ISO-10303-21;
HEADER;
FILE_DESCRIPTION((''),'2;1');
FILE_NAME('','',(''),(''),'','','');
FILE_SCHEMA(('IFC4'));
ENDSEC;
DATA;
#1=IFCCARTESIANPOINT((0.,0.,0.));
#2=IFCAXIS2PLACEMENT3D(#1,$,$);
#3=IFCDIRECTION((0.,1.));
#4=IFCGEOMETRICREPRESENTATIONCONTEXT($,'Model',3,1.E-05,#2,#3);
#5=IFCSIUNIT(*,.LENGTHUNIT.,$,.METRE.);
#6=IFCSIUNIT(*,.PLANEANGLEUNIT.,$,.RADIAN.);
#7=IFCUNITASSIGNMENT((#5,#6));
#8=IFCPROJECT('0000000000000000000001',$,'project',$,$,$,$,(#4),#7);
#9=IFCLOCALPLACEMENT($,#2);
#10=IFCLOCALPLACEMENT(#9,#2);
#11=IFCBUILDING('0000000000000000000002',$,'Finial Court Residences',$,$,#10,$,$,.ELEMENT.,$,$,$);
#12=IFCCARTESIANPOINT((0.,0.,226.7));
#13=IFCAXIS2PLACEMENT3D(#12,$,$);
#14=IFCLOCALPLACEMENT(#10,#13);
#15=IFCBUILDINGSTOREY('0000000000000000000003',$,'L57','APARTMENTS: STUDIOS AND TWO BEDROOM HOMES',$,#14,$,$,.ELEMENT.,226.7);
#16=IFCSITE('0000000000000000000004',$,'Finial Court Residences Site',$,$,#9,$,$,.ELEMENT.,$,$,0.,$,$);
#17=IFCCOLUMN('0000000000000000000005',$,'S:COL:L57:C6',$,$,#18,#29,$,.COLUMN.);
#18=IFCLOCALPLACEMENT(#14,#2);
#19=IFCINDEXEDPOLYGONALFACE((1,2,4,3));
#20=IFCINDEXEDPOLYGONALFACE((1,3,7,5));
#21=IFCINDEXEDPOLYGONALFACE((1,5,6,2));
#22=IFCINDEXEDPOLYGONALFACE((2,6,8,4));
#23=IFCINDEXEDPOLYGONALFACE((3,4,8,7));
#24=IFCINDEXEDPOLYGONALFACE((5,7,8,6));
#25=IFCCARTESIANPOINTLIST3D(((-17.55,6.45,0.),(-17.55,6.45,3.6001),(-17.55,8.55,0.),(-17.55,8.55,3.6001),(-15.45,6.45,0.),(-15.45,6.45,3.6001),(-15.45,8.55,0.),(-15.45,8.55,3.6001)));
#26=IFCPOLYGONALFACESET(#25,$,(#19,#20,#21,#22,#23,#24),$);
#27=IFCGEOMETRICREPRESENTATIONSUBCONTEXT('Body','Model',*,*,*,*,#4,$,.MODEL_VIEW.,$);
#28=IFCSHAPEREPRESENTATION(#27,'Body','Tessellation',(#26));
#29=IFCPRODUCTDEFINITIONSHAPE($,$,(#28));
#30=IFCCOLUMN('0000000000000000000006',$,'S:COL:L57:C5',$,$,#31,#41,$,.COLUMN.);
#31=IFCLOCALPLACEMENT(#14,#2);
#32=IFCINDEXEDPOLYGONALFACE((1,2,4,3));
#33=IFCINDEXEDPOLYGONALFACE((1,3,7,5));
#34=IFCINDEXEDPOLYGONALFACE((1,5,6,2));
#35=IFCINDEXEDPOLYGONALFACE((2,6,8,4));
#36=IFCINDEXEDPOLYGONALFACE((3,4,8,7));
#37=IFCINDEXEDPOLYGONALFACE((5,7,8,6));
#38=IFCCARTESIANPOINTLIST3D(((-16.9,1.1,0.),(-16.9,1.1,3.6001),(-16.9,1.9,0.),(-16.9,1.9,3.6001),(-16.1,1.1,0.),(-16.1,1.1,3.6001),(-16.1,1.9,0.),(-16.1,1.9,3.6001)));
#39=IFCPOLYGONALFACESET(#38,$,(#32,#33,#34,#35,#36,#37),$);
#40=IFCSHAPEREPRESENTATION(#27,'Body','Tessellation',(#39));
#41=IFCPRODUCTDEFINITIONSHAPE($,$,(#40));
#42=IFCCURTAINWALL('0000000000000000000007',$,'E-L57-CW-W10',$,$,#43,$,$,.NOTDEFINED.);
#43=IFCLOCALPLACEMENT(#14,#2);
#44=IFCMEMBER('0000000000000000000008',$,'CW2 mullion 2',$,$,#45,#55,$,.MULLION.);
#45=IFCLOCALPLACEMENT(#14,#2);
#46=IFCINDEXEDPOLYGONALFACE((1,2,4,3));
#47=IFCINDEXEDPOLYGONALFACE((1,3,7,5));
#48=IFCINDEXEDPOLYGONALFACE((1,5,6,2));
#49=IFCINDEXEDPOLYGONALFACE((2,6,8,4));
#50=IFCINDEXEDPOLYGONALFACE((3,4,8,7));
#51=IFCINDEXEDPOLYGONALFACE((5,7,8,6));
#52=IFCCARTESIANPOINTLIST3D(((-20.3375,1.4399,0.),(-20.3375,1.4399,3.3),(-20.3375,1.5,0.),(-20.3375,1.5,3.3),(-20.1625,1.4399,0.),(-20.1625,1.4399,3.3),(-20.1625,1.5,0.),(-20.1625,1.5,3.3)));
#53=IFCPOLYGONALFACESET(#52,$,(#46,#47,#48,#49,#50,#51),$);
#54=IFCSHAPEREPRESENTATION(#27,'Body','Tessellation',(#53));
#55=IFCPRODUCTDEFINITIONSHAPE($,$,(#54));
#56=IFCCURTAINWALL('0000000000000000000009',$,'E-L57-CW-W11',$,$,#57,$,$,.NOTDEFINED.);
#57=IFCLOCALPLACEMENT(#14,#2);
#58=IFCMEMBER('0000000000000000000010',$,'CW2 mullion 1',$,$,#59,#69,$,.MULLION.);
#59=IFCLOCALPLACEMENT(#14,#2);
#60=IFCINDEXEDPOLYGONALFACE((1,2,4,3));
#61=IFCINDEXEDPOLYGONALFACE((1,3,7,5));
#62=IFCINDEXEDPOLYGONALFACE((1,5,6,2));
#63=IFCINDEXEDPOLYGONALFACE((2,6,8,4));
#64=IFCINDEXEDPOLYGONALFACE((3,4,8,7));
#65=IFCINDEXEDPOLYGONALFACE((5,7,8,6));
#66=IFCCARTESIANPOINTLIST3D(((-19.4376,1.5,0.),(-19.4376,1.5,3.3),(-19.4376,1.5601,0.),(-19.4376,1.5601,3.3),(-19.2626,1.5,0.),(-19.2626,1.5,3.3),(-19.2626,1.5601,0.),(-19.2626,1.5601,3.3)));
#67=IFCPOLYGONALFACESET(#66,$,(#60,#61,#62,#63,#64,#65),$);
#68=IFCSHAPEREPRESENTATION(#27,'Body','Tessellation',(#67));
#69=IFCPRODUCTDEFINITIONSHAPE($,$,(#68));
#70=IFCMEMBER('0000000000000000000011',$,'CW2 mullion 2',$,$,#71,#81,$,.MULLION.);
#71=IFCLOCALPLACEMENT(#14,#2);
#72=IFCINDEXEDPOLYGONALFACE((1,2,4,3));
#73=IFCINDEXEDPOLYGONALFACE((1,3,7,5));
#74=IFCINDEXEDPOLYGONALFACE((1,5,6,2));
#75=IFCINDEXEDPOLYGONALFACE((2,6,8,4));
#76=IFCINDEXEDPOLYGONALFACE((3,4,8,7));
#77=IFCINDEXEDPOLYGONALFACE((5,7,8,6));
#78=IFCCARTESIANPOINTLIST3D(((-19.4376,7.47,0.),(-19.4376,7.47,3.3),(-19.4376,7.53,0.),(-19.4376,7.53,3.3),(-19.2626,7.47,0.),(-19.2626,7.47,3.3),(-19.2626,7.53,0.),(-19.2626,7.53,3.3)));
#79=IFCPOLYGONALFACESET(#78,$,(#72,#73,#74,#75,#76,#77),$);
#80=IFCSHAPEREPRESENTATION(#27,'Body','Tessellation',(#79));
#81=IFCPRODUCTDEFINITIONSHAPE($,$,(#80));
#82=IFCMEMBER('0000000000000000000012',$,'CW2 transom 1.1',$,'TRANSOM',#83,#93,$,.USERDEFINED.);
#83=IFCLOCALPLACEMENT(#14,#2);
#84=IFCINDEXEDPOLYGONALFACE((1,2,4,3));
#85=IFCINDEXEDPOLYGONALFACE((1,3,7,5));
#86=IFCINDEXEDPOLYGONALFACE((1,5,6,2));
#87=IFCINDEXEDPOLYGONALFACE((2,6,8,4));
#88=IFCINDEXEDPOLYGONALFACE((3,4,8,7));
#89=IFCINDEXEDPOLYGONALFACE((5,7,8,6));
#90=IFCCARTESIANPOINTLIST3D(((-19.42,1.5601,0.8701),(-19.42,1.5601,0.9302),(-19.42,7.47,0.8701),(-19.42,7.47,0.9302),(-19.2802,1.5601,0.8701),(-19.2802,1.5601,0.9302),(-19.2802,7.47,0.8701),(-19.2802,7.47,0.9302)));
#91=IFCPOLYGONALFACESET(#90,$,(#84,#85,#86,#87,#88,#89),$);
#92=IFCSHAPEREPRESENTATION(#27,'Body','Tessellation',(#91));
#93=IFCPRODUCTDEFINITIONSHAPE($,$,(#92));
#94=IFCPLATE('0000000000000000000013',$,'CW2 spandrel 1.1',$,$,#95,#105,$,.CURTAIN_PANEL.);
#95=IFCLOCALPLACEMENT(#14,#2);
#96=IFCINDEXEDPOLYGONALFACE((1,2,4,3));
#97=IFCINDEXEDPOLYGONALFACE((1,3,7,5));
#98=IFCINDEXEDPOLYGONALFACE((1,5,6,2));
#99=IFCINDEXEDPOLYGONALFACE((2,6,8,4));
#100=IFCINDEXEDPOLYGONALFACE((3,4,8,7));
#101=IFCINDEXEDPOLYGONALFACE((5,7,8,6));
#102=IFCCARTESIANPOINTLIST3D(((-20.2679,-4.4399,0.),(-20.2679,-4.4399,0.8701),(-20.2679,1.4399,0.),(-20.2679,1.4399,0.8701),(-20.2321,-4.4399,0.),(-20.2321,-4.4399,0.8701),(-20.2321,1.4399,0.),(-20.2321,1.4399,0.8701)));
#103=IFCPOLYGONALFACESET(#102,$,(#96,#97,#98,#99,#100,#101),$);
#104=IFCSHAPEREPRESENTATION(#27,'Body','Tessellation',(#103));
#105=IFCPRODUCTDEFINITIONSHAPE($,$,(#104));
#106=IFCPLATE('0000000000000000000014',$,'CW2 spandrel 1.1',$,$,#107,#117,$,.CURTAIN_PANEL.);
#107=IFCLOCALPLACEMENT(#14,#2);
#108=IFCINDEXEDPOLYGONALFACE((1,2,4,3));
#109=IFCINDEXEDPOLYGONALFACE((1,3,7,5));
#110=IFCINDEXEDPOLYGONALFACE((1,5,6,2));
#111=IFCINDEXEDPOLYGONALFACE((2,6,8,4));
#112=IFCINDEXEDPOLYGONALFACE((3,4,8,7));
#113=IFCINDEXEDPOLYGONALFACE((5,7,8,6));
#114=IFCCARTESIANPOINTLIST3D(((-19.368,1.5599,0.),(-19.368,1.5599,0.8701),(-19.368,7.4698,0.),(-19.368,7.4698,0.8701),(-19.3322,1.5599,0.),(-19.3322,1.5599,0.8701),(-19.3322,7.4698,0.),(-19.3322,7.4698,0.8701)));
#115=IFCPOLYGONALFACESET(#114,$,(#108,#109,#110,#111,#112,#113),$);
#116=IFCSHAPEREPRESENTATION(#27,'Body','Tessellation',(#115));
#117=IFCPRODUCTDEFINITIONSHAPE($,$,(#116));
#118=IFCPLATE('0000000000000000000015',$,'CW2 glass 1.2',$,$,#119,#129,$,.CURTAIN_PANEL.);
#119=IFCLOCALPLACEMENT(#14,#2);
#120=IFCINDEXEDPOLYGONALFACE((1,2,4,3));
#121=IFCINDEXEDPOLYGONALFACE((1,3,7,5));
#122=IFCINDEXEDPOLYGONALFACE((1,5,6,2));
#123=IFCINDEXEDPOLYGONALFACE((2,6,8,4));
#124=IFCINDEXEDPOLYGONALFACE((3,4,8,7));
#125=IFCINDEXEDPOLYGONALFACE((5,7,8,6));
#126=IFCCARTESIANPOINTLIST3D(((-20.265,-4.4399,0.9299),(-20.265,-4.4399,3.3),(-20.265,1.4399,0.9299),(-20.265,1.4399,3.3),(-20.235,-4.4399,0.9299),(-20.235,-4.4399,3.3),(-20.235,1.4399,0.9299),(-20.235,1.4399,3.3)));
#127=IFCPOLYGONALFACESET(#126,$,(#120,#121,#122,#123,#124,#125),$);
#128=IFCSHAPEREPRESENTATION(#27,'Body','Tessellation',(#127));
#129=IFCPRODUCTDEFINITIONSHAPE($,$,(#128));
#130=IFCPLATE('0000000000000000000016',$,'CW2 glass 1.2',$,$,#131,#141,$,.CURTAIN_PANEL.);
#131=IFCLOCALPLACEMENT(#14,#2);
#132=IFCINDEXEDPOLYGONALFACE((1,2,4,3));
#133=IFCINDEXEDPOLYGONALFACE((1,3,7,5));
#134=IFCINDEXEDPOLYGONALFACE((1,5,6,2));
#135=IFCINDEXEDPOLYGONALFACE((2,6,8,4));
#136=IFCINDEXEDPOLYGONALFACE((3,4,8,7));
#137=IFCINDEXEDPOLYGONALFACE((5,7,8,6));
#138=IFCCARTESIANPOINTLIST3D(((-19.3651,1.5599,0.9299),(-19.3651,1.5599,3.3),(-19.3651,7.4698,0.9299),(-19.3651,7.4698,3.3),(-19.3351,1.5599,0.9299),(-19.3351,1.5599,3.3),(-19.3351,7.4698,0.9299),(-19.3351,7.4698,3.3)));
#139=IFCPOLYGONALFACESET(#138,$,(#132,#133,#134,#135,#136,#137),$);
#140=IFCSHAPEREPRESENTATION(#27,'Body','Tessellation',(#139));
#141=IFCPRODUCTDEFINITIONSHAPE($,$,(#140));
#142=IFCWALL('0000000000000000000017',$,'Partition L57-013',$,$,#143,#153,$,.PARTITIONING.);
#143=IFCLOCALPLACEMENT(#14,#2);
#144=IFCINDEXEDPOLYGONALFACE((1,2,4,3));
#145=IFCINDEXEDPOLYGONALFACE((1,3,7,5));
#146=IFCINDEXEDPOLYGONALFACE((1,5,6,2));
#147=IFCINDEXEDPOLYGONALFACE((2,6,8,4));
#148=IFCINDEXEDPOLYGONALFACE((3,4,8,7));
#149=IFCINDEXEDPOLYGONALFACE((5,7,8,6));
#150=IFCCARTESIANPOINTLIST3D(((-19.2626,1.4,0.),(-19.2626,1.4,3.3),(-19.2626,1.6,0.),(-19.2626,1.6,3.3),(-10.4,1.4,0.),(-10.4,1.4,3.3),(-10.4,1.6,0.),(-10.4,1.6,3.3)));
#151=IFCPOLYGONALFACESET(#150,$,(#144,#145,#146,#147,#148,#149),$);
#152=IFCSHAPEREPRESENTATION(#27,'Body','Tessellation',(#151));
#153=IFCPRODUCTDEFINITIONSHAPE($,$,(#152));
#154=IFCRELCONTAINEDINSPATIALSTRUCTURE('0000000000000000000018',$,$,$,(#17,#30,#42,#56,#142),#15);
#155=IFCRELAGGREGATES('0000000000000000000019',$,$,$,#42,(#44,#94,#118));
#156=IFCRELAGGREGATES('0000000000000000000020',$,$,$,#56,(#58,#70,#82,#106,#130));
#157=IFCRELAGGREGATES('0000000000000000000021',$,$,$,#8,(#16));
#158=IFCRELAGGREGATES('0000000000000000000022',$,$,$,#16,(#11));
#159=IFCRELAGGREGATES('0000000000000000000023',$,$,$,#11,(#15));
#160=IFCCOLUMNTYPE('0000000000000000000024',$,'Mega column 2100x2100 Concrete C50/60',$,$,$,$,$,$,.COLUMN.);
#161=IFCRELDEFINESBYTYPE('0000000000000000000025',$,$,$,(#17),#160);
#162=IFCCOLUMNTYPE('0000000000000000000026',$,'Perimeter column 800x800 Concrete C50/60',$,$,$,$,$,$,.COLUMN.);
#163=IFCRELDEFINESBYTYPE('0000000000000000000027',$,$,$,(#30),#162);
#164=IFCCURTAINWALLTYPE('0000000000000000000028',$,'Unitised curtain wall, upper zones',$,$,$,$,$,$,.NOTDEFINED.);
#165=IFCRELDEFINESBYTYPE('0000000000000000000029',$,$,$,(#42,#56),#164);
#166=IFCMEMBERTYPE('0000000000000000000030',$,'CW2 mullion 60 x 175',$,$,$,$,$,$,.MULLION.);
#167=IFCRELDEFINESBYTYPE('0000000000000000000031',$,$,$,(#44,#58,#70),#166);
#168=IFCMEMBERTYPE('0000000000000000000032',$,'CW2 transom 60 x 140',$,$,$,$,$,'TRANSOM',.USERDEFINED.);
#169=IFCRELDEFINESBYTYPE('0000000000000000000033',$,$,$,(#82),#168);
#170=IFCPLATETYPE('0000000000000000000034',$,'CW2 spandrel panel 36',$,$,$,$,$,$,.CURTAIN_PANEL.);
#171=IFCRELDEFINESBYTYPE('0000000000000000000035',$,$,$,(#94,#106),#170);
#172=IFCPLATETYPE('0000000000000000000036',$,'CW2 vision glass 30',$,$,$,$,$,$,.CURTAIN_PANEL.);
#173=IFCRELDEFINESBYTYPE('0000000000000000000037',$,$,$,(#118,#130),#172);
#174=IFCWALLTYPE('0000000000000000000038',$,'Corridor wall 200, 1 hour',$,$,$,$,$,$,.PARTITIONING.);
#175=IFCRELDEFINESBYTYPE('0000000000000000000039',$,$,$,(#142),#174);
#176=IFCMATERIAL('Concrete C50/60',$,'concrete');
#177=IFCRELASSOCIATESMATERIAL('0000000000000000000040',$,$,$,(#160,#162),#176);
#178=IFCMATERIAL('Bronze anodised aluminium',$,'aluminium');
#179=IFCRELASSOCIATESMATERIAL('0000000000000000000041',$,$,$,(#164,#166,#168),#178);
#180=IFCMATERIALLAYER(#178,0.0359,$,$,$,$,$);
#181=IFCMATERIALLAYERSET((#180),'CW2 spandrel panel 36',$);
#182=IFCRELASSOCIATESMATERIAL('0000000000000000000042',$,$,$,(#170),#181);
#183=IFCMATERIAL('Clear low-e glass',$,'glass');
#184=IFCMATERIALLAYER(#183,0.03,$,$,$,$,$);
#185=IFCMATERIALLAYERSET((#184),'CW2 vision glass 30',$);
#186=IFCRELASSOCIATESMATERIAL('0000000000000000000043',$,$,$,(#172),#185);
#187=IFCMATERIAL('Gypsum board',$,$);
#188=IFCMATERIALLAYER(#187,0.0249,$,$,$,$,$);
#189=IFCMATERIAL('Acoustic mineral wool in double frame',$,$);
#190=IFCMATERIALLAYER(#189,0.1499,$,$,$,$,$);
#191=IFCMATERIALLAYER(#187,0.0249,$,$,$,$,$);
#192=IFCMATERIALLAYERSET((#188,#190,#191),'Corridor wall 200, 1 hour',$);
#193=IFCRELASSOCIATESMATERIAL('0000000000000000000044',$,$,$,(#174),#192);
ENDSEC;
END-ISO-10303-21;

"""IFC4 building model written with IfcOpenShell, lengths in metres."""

from ifc_helpers import new_model, si_unit, direction, frame, frame_2d, origin, origin_2d, place, context, subcontext, project, spatial, rectangle, extrude, material, layer, layer_set, material_profile, profile_set, type_object, element, aggregate, save


model = new_model("IFC4")

# Units and contexts
model_context = context("Model", 3, precision=1e-05, world=origin(), true_north=direction((0.0, 1.0)))
body_context = subcontext(model_context, "Body", "Model", "MODEL_VIEW")
ifc_project = project(units=[si_unit("LENGTHUNIT", "METRE"), si_unit("PLANEANGLEUNIT", "RADIAN")], contexts=[model_context])

# Site, building, storey
site_placement = place(None, origin())
site = spatial("IfcSite", under=ifc_project, at=site_placement, Name="Finial Court Residences Site", CompositionType="ELEMENT", RefElevation=0.0)
building_placement = place(site_placement, origin())
building = spatial("IfcBuilding", under=site, at=building_placement, Name="Finial Court Residences", CompositionType="ELEMENT")
storey_placement = place(building_placement, frame((0.0, 0.0, 226.7)))
storey = spatial("IfcBuildingStorey", under=building, at=storey_placement, Name="L57", Description="APARTMENTS: STUDIOS AND TWO BEDROOM HOMES", CompositionType="ELEMENT", Elevation=226.7)

# Columns
ifc_material_1 = material(Name="Concrete C50/60", Category="concrete")
ifc_material_profile_1 = material_profile(ifc_material_1, rectangle(XDim=2.1001, YDim=2.1001, at=origin_2d()), Name="2100x2100")
ifc_profile_set_1 = profile_set([ifc_material_profile_1], Name="Concrete C50/60")
column_type_1 = type_object("IfcColumnType", Name="Mega column 2100x2100 Concrete C50/60", PredefinedType="COLUMN", material=ifc_profile_set_1)
column_1_placement = place(storey_placement, frame((-16.5, 7.5, 0.0), z_axis=(0.0, 0.0, 1.0), x_axis=(1.0, 0.0, 0.0)))
element("IfcColumn", 1, at=column_1_placement, inside=storey, type_object=column_type_1, Name="S:COL:L57:C6", PredefinedType="COLUMN", context=body_context, shape_type="SweptSolid", body=[
    extrude(rectangle(XDim=2.1001, YDim=2.1001, at=origin_2d()), origin(), (0.0, 0.0, 1.0), 3.6001),
])
ifc_material_profile_2 = material_profile(ifc_material_1, rectangle(XDim=0.8, YDim=0.8, at=origin_2d()), Name="800x800")
ifc_profile_set_2 = profile_set([ifc_material_profile_2], Name="Concrete C50/60")
column_type_2 = type_object("IfcColumnType", Name="Perimeter column 800x800 Concrete C50/60", PredefinedType="COLUMN", material=ifc_profile_set_2)
column_2_placement = place(storey_placement, frame((-16.5, 1.5, 0.0), z_axis=(0.0, 0.0, 1.0), x_axis=(1.0, 0.0, 0.0)))
element("IfcColumn", 2, at=column_2_placement, inside=storey, type_object=column_type_2, Name="S:COL:L57:C5", PredefinedType="COLUMN", context=body_context, shape_type="SweptSolid", body=[
    extrude(rectangle(XDim=0.8, YDim=0.8, at=origin_2d()), origin(), (0.0, 0.0, 1.0), 3.6001),
])

# Curtain wall, member
ifc_material_2 = material(Name="Bronze anodised aluminium", Category="aluminium")
curtain_wall_type = type_object("IfcCurtainWallType", Name="Unitised curtain wall, upper zones", PredefinedType="NOTDEFINED", material=ifc_material_2)
curtain_wall_1_placement = place(storey_placement, origin())
curtain_wall_1 = element("IfcCurtainWall", 3, at=curtain_wall_1_placement, inside=storey, type_object=curtain_wall_type, Name="E-L57-CW-W10", PredefinedType="NOTDEFINED")
ifc_material_profile_3 = material_profile(ifc_material_2, rectangle(XDim=0.175, YDim=0.0601, at=origin_2d()), Name="CW2 mullion 60 x 175")
ifc_profile_set_3 = profile_set([ifc_material_profile_3], Name="Bronze anodised aluminium")
member_type_1 = type_object("IfcMemberType", Name="CW2 mullion 60 x 175", PredefinedType="MULLION", material=ifc_profile_set_3)
member_1_placement = place(storey_placement, frame((-20.25, 1.47, 0.0), z_axis=(0.0, 0.0, 1.0), x_axis=(-1.0, 0.0, 0.0)))
member_1 = element("IfcMember", 4, at=member_1_placement, type_object=member_type_1, Name="CW2 mullion 2", PredefinedType="MULLION", context=body_context, shape_type="SweptSolid", body=[
    extrude(rectangle(XDim=0.175, YDim=0.0601, at=origin_2d()), origin(), (0.0, 0.0, 1.0), 3.3),
])

# Curtain wall, members
curtain_wall_2_placement = place(storey_placement, origin())
curtain_wall_2 = element("IfcCurtainWall", 5, at=curtain_wall_2_placement, inside=storey, type_object=curtain_wall_type, Name="E-L57-CW-W11", PredefinedType="NOTDEFINED")
member_2_placement = place(storey_placement, frame((-19.3501, 1.53, 0.0), z_axis=(0.0, 0.0, 1.0), x_axis=(-1.0, 0.0, 0.0)))
member_2 = element("IfcMember", 6, at=member_2_placement, type_object=member_type_1, Name="CW2 mullion 1", PredefinedType="MULLION", context=body_context, shape_type="SweptSolid", body=[
    extrude(rectangle(XDim=0.175, YDim=0.0601, at=origin_2d()), origin(), (0.0, 0.0, 1.0), 3.3),
])
member_3_placement = place(storey_placement, frame((-19.3501, 7.5, 0.0), z_axis=(0.0, 0.0, 1.0), x_axis=(-1.0, 0.0, 0.0)))
member_3 = element("IfcMember", 7, at=member_3_placement, type_object=member_type_1, Name="CW2 mullion 2", PredefinedType="MULLION", context=body_context, shape_type="SweptSolid", body=[
    extrude(rectangle(XDim=0.175, YDim=0.0601, at=origin_2d()), origin(), (0.0, 0.0, 1.0), 3.3),
])
ifc_material_profile_4 = material_profile(ifc_material_2, rectangle(XDim=0.1399, YDim=0.0601, at=origin_2d()), Name="CW2 transom 60 x 140")
ifc_profile_set_4 = profile_set([ifc_material_profile_4], Name="Bronze anodised aluminium")
member_type_2 = type_object("IfcMemberType", Name="CW2 transom 60 x 140", ElementType="TRANSOM", PredefinedType="USERDEFINED", material=ifc_profile_set_4)
member_4_placement = place(storey_placement, frame((-19.3501, 1.5601, 0.9001), z_axis=(0.0, 1.0, 0.0), x_axis=(-1.0, 0.0, 0.0)))
member_4 = element("IfcMember", 8, at=member_4_placement, type_object=member_type_2, Name="CW2 transom 1.1", ObjectType="TRANSOM", PredefinedType="USERDEFINED", context=body_context, shape_type="SweptSolid", body=[
    extrude(rectangle(XDim=0.1399, YDim=0.0601, at=origin_2d()), origin(), (0.0, 0.0, 1.0), 5.9099),
])

# Plates
ifc_layer_1 = layer(ifc_material_2, 0.0359)
ifc_layer_set_1 = layer_set([ifc_layer_1], Name="CW2 spandrel panel 36")
plate_type_1 = type_object("IfcPlateType", Name="CW2 spandrel panel 36", PredefinedType="CURTAIN_PANEL", material=ifc_layer_set_1)
plate_1_placement = place(storey_placement, frame((-20.25, -1.5, 0.0), z_axis=(0.0, 0.0, 1.0), x_axis=(0.0, 1.0, 0.0)))
plate_1 = element("IfcPlate", 9, at=plate_1_placement, type_object=plate_type_1, Name="CW2 spandrel 1.1", PredefinedType="CURTAIN_PANEL", context=body_context, shape_type="SweptSolid", body=[
    extrude(rectangle(XDim=5.8799, YDim=0.0359, at=origin_2d()), origin(), (0.0, 0.0, 1.0), 0.8701),
])
plate_2_placement = place(storey_placement, frame((-19.3501, 4.5149, 0.0), z_axis=(0.0, 0.0, 1.0), x_axis=(0.0, 1.0, 0.0)))
plate_2 = element("IfcPlate", 10, at=plate_2_placement, type_object=plate_type_1, Name="CW2 spandrel 1.1", PredefinedType="CURTAIN_PANEL", context=body_context, shape_type="SweptSolid", body=[
    extrude(rectangle(XDim=5.9099, YDim=0.0359, at=origin_2d()), origin(), (0.0, 0.0, 1.0), 0.8701),
])
ifc_material_3 = material(Name="Clear low-e glass", Category="glass")
ifc_layer_2 = layer(ifc_material_3, 0.03)
ifc_layer_set_2 = layer_set([ifc_layer_2], Name="CW2 vision glass 30")
plate_type_2 = type_object("IfcPlateType", Name="CW2 vision glass 30", PredefinedType="CURTAIN_PANEL", material=ifc_layer_set_2)
plate_3_placement = place(storey_placement, frame((-20.25, -1.5, 0.9299), z_axis=(0.0, 0.0, 1.0), x_axis=(0.0, 1.0, 0.0)))
plate_3 = element("IfcPlate", 11, at=plate_3_placement, type_object=plate_type_2, Name="CW2 glass 1.2", PredefinedType="CURTAIN_PANEL", context=body_context, shape_type="SweptSolid", body=[
    extrude(rectangle(XDim=5.8799, YDim=0.03, at=origin_2d()), origin(), (0.0, 0.0, 1.0), 2.3701),
])
aggregate(curtain_wall_1, [member_1, plate_1, plate_3])
plate_4_placement = place(storey_placement, frame((-19.3501, 4.5149, 0.9299), z_axis=(0.0, 0.0, 1.0), x_axis=(0.0, 1.0, 0.0)))
plate_4 = element("IfcPlate", 12, at=plate_4_placement, type_object=plate_type_2, Name="CW2 glass 1.2", PredefinedType="CURTAIN_PANEL", context=body_context, shape_type="SweptSolid", body=[
    extrude(rectangle(XDim=5.9099, YDim=0.03, at=origin_2d()), origin(), (0.0, 0.0, 1.0), 2.3701),
])
aggregate(curtain_wall_2, [member_2, member_3, member_4, plate_2, plate_4])

# Wall
ifc_material_4 = material(Name="Gypsum board")
ifc_layer_3 = layer(ifc_material_4, 0.0249)
ifc_material_5 = material(Name="Acoustic mineral wool in double frame")
ifc_layer_4 = layer(ifc_material_5, 0.1499)
ifc_layer_5 = layer(ifc_material_4, 0.0249)
ifc_layer_set_3 = layer_set([ifc_layer_3, ifc_layer_4, ifc_layer_5], Name="Corridor wall 200, 1 hour")
wall_type_1 = type_object("IfcWallType", Name="Corridor wall 200, 1 hour", PredefinedType="PARTITIONING", material=ifc_layer_set_3)
wall_1_placement = place(storey_placement, frame((-19.2625, 1.5, 0.0), z_axis=(0.0, 0.0, 1.0), x_axis=(1.0, 0.0, 0.0)))
element("IfcWall", 13, at=wall_1_placement, inside=storey, type_object=wall_type_1, Name="Partition L57-013", PredefinedType="PARTITIONING", context=body_context, shape_type="SweptSolid", body=[
    extrude(rectangle(XDim=8.8625, YDim=0.2, at=frame_2d((4.4312, 0.0))), origin(), (0.0, 0.0, 1.0), 3.3),
])

save(model, "model.ifc")
